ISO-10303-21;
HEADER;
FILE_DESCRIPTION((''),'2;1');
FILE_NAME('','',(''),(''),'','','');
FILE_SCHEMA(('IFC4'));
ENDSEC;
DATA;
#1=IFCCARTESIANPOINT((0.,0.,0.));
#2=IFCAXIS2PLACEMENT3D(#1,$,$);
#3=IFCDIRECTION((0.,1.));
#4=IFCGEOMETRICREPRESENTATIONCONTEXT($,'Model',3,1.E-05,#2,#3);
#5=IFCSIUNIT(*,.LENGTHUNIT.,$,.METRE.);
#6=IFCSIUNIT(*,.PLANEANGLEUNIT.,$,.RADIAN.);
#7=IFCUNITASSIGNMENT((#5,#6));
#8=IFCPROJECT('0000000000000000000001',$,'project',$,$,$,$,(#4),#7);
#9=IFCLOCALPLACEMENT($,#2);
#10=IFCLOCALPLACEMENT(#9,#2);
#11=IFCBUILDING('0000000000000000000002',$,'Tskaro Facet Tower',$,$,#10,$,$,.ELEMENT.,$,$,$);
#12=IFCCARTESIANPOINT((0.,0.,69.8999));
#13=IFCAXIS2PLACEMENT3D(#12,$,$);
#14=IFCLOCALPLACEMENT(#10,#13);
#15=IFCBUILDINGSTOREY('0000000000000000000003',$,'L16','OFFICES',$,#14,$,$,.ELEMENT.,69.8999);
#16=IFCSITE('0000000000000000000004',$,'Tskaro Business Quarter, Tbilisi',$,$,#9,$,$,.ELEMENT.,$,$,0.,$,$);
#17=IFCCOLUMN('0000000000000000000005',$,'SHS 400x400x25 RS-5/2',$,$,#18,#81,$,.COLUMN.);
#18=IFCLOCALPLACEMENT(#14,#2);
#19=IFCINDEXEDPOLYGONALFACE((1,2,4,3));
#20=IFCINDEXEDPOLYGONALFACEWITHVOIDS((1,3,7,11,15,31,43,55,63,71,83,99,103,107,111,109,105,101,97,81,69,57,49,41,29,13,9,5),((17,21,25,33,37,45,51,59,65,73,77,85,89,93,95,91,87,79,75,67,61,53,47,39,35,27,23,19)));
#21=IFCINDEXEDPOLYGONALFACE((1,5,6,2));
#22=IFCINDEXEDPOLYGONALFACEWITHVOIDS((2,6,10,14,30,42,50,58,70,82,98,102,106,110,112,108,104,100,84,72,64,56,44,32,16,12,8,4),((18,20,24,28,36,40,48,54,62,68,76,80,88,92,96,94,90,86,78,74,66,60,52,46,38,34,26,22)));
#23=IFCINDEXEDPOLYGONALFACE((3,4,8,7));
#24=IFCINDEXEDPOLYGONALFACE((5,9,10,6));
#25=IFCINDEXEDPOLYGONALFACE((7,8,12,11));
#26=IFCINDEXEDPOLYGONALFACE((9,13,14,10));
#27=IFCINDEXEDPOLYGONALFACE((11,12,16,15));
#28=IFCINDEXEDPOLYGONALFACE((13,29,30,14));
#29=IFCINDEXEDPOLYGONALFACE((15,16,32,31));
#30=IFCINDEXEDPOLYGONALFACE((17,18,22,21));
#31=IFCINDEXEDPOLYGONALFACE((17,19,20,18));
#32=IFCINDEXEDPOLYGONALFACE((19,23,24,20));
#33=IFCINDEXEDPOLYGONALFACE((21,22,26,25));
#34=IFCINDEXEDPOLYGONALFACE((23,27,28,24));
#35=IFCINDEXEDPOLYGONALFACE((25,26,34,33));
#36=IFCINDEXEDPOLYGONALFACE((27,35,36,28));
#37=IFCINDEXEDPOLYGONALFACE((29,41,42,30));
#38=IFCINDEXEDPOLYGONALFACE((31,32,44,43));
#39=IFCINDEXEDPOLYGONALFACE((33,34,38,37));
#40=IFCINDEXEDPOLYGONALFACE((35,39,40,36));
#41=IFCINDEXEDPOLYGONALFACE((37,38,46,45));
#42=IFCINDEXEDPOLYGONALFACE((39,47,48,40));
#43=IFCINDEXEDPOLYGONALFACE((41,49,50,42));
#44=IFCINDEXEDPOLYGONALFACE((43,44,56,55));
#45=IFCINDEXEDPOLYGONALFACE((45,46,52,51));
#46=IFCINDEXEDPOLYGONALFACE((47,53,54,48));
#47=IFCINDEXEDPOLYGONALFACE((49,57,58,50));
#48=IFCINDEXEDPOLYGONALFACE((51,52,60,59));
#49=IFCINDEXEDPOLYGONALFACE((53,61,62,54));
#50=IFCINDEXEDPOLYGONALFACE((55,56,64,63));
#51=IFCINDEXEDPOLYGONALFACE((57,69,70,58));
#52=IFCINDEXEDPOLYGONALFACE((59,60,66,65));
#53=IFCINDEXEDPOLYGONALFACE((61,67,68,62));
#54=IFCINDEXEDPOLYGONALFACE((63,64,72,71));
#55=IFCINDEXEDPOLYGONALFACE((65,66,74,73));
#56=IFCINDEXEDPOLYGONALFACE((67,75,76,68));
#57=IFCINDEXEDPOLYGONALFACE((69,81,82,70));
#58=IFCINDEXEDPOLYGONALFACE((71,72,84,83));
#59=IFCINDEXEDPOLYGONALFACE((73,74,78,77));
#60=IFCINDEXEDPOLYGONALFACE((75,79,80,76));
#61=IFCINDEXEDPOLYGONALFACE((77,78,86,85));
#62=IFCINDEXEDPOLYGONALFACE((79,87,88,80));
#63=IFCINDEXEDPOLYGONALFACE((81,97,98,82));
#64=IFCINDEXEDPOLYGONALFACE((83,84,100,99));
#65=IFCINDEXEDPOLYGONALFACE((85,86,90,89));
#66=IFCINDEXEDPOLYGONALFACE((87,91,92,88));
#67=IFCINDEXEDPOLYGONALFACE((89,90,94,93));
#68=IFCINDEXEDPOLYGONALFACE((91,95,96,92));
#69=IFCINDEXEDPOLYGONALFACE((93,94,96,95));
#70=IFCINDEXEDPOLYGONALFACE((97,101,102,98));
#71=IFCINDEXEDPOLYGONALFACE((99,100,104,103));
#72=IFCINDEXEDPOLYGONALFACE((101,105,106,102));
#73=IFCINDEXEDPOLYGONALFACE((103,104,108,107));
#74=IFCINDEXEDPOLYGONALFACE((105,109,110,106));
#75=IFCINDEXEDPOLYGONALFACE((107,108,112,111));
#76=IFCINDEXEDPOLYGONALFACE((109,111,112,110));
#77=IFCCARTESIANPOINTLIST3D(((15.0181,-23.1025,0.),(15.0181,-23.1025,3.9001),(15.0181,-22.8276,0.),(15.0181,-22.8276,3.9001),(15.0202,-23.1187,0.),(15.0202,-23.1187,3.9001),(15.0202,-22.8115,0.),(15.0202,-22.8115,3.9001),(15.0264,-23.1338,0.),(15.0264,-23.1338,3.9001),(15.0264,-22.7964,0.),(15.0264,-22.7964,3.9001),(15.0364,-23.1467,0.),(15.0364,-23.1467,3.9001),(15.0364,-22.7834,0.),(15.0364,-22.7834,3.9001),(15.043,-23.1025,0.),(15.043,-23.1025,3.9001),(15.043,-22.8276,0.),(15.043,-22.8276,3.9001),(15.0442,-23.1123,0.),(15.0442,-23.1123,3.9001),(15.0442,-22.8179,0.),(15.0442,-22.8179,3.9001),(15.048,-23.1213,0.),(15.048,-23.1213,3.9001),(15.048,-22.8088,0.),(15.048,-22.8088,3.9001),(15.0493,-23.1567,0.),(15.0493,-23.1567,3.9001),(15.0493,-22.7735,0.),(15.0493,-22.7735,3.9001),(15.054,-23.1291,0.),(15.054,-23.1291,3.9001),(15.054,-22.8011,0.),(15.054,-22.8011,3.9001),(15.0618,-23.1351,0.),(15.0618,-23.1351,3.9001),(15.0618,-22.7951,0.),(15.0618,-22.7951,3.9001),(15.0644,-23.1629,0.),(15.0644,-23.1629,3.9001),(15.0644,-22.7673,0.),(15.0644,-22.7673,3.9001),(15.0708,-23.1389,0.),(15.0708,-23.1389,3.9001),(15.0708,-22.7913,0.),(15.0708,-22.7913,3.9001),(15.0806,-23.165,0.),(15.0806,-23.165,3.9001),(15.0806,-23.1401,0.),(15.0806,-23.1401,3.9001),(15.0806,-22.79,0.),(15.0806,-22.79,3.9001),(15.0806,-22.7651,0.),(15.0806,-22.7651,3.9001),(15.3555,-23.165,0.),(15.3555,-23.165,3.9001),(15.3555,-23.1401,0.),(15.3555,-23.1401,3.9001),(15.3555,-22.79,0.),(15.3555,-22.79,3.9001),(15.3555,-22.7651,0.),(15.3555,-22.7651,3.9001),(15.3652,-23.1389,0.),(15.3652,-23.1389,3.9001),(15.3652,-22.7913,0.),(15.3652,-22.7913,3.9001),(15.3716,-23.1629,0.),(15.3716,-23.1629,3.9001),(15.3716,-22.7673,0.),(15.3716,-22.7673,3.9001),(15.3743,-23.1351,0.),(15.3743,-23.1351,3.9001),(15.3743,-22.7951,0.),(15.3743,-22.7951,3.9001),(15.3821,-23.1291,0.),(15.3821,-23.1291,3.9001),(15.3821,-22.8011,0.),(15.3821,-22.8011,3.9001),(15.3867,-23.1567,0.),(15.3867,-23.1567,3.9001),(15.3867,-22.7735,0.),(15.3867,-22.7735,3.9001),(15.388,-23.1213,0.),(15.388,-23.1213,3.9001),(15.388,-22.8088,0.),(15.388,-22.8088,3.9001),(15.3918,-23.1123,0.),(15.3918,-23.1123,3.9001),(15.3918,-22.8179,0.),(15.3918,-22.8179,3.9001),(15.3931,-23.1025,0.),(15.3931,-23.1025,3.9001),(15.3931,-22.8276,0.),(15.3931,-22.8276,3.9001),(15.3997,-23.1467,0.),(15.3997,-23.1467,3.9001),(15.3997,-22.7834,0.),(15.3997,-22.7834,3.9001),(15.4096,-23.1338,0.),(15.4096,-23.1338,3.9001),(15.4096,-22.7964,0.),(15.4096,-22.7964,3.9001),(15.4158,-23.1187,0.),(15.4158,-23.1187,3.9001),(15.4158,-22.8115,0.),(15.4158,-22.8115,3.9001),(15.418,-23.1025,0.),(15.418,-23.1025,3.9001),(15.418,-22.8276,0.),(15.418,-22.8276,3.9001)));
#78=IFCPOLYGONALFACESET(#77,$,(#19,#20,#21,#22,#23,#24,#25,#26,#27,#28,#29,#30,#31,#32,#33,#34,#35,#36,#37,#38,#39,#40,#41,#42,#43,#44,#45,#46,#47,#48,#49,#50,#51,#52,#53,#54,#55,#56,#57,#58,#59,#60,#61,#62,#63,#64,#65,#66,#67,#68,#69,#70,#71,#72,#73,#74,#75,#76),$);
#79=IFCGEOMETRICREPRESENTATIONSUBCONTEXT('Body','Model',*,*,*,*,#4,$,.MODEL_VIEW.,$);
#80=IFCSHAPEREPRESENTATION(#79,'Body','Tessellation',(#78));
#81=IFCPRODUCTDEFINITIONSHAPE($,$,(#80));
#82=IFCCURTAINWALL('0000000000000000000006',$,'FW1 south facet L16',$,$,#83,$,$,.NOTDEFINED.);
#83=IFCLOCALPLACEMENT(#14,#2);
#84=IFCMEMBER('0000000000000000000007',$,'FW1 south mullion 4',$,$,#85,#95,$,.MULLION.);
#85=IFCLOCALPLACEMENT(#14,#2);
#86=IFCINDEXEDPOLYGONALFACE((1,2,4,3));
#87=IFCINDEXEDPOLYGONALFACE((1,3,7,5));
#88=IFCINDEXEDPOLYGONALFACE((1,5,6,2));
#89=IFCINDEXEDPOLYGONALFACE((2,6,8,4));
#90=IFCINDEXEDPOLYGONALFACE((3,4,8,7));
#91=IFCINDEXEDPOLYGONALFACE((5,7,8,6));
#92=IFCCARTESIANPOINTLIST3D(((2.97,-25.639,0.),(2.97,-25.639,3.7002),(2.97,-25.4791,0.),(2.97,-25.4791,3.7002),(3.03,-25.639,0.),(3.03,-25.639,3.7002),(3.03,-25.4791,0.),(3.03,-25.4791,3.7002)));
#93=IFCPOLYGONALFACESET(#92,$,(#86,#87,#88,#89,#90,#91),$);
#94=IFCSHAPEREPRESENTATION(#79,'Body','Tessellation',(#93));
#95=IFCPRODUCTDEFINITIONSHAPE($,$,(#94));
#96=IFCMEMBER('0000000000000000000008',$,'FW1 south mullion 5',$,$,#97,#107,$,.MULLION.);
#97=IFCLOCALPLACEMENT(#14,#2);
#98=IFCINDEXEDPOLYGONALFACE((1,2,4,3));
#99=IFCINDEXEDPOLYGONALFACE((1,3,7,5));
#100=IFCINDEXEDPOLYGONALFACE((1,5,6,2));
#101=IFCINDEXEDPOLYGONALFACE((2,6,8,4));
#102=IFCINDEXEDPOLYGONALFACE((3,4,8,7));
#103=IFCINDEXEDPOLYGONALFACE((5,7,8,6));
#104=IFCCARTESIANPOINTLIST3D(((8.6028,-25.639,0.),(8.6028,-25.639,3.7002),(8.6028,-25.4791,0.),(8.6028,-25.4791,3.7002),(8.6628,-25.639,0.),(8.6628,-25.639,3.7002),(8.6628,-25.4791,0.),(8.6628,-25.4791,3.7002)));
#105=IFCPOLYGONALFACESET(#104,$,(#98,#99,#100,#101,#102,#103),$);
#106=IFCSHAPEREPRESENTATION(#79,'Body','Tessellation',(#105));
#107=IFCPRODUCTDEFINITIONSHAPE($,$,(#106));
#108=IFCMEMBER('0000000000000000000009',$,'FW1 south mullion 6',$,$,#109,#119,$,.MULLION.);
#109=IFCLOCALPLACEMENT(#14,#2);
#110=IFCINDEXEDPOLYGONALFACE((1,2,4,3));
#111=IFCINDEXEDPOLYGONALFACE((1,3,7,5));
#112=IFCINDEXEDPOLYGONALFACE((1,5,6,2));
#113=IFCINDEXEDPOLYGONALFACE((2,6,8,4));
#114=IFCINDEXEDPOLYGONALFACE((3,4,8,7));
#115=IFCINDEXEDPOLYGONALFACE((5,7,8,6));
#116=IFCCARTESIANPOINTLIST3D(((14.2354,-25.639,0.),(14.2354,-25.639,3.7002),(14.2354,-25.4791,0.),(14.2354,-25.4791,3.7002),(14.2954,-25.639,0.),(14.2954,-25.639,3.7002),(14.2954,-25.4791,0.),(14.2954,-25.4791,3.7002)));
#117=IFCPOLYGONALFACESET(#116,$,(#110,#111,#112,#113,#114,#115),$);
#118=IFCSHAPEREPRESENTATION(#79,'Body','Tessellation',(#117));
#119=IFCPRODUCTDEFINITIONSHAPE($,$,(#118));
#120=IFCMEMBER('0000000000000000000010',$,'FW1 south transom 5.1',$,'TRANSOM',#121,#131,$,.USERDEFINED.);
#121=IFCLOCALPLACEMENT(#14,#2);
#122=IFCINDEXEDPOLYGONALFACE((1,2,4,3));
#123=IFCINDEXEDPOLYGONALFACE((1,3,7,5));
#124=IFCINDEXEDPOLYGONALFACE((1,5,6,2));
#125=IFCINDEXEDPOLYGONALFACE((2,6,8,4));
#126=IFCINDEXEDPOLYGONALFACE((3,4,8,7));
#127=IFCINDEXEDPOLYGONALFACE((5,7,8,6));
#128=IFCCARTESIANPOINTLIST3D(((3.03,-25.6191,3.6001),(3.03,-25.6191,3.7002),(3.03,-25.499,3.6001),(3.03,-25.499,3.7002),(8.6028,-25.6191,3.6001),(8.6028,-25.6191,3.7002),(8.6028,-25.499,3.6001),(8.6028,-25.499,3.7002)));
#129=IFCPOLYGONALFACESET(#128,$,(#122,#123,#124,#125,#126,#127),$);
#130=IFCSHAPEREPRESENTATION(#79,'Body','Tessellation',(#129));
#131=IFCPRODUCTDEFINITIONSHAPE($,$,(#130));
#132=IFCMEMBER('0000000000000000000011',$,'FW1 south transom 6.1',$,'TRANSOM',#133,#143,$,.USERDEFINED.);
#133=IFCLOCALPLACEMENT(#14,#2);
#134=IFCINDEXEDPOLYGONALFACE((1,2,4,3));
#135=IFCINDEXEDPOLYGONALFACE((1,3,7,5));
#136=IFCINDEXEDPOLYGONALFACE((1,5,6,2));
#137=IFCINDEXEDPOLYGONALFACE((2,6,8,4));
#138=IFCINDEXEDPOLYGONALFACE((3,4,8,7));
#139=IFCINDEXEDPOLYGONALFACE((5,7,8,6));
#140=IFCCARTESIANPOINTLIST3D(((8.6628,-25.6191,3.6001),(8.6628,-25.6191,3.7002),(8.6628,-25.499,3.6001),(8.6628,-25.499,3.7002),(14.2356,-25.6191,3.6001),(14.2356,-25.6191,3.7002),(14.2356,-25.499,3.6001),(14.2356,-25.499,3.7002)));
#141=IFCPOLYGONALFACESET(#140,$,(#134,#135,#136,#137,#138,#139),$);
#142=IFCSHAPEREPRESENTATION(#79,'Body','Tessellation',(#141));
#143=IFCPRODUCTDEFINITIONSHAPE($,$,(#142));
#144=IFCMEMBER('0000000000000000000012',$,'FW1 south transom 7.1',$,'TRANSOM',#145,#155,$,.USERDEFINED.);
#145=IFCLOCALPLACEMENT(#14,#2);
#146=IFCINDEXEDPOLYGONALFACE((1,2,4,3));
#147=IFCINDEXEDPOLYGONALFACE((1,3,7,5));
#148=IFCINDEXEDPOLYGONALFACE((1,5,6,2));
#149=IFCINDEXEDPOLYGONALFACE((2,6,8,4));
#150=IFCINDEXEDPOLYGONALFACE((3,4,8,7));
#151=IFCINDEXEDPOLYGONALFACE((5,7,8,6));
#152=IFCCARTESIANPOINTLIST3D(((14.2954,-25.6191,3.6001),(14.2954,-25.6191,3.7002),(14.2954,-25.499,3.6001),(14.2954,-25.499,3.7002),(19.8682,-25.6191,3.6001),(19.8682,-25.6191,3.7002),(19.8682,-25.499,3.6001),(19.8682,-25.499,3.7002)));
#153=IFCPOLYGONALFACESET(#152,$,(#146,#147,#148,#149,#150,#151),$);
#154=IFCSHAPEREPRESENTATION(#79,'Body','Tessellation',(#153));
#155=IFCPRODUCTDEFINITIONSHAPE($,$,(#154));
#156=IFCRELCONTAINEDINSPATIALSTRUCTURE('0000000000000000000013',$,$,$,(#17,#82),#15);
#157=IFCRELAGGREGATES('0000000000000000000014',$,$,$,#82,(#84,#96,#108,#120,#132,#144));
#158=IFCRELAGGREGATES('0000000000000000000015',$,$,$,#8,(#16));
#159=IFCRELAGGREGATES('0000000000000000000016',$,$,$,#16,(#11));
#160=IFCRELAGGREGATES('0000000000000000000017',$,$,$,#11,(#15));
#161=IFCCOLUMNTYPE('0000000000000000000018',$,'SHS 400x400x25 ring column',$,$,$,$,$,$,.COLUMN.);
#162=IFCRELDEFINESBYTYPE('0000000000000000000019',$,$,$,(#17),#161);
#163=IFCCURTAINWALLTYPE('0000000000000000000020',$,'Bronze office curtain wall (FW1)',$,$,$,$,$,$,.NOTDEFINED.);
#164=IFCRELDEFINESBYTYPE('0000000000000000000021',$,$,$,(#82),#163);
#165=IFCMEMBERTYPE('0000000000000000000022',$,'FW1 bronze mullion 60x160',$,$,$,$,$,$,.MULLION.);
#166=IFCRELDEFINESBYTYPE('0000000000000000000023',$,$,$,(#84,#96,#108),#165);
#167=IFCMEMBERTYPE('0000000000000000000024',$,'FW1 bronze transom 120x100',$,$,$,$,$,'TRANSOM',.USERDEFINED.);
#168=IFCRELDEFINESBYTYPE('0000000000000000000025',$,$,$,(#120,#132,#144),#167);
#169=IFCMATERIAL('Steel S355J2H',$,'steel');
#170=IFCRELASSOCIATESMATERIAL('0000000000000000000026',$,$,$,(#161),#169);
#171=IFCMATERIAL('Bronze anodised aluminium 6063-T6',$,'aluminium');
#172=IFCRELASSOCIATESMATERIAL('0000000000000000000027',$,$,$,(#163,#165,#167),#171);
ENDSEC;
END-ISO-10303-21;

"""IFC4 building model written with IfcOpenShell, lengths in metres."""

from ifc_helpers import new_model, si_unit, direction, frame, origin, origin_2d, place, context, subcontext, project, spatial, rectangle, hollow_rectangle, extrude, material, material_profile, profile_set, type_object, element, aggregate, save


model = new_model("IFC4")

# Units and contexts
model_context = context("Model", 3, precision=1e-05, world=origin(), true_north=direction((0.0, 1.0)))
body_context = subcontext(model_context, "Body", "Model", "MODEL_VIEW")
ifc_project = project(units=[si_unit("LENGTHUNIT", "METRE"), si_unit("PLANEANGLEUNIT", "RADIAN")], contexts=[model_context])

# Site, building, storey
site_placement = place(None, origin())
site = spatial("IfcSite", under=ifc_project, at=site_placement, Name="Tskaro Business Quarter, Tbilisi", CompositionType="ELEMENT", RefElevation=0.0)
building_placement = place(site_placement, origin())
building = spatial("IfcBuilding", under=site, at=building_placement, Name="Tskaro Facet Tower", CompositionType="ELEMENT")
storey_placement = place(building_placement, frame((0.0, 0.0, 69.8999)))
storey = spatial("IfcBuildingStorey", under=building, at=storey_placement, Name="L16", Description="OFFICES", CompositionType="ELEMENT", Elevation=69.8999)

# Column
ifc_material_1 = material(Name="Steel S355J2H", Category="steel")
ifc_material_profile_1 = material_profile(ifc_material_1, hollow_rectangle(XDim=0.3999, YDim=0.3999, WallThickness=0.0249, InnerFilletRadius=0.0376, OuterFilletRadius=0.0625, at=origin_2d()), Name="SHS 400x400x25")
ifc_profile_set_1 = profile_set([ifc_material_profile_1], Name="Steel S355J2H")
column_type_1 = type_object("IfcColumnType", Name="SHS 400x400x25 ring column", PredefinedType="COLUMN", material=ifc_profile_set_1)
for number, where, z_axis, x_axis, name in (
    (1, (15.218, -22.9651, 0.0), (0.0, 0.0, 1.0), (1.0, 0.0, 0.0), "SHS 400x400x25 RS-5/2"),
):
    element("IfcColumn", number, at=place(storey_placement, frame(where, z_axis=z_axis, x_axis=x_axis)), inside=storey, type_object=column_type_1, Name=name, PredefinedType="COLUMN", context=body_context, shape_type="SweptSolid", body=[
        extrude(hollow_rectangle(XDim=0.3999, YDim=0.3999, WallThickness=0.0249, InnerFilletRadius=0.0376, OuterFilletRadius=0.0625, at=origin_2d()), origin(), (0.0, 0.0, 1.0), 3.9001),
    ])

# Curtain wall, members
ifc_material_2 = material(Name="Bronze anodised aluminium 6063-T6", Category="aluminium")
curtain_wall_type = type_object("IfcCurtainWallType", Name="Bronze office curtain wall (FW1)", PredefinedType="NOTDEFINED", material=ifc_material_2)
curtain_wall_placement = place(storey_placement, origin())
curtain_wall = element("IfcCurtainWall", 2, at=curtain_wall_placement, inside=storey, type_object=curtain_wall_type, Name="FW1 south facet L16", PredefinedType="NOTDEFINED")
ifc_material_profile_2 = material_profile(ifc_material_2, rectangle(XDim=0.0601, YDim=0.1599, at=origin_2d()), Name="Mullion 60x160")
ifc_profile_set_2 = profile_set([ifc_material_profile_2], Name="Bronze anodised aluminium 6063-T6")
member_type_1 = type_object("IfcMemberType", Name="FW1 bronze mullion 60x160", PredefinedType="MULLION", material=ifc_profile_set_2)
member_1_placement = place(storey_placement, frame((3.0, -25.5591, 0.0), z_axis=(0.0, 0.0, 1.0), x_axis=(1.0, 0.0, 0.0)))
member_1 = element("IfcMember", 3, at=member_1_placement, type_object=member_type_1, Name="FW1 south mullion 4", PredefinedType="MULLION", context=body_context, shape_type="SweptSolid", body=[
    extrude(rectangle(XDim=0.0601, YDim=0.1599, at=origin_2d()), origin(), (0.0, 0.0, 1.0), 3.7002),
])
member_2_placement = place(storey_placement, frame((8.6328, -25.5591, 0.0), z_axis=(0.0, 0.0, 1.0), x_axis=(1.0, 0.0, 0.0)))
member_2 = element("IfcMember", 4, at=member_2_placement, type_object=member_type_1, Name="FW1 south mullion 5", PredefinedType="MULLION", context=body_context, shape_type="SweptSolid", body=[
    extrude(rectangle(XDim=0.0601, YDim=0.1599, at=origin_2d()), origin(), (0.0, 0.0, 1.0), 3.7002),
])
member_3_placement = place(storey_placement, frame((14.2654, -25.5591, 0.0), z_axis=(0.0, 0.0, 1.0), x_axis=(1.0, 0.0, 0.0)))
member_3 = element("IfcMember", 5, at=member_3_placement, type_object=member_type_1, Name="FW1 south mullion 6", PredefinedType="MULLION", context=body_context, shape_type="SweptSolid", body=[
    extrude(rectangle(XDim=0.0601, YDim=0.1599, at=origin_2d()), origin(), (0.0, 0.0, 1.0), 3.7002),
])
ifc_material_profile_3 = material_profile(ifc_material_2, rectangle(XDim=0.1201, YDim=0.1001, at=origin_2d()), Name="Transom 120x100")
ifc_profile_set_3 = profile_set([ifc_material_profile_3], Name="Bronze anodised aluminium 6063-T6")
member_type_2 = type_object("IfcMemberType", Name="FW1 bronze transom 120x100", ElementType="TRANSOM", PredefinedType="USERDEFINED", material=ifc_profile_set_3)
member_4_placement = place(storey_placement, frame((3.03, -25.5591, 3.6501), z_axis=(1.0, 0.0, 0.0), x_axis=(0.0, 1.0, 0.0)))
member_4 = element("IfcMember", 6, at=member_4_placement, type_object=member_type_2, Name="FW1 south transom 5.1", ObjectType="TRANSOM", PredefinedType="USERDEFINED", context=body_context, shape_type="SweptSolid", body=[
    extrude(rectangle(XDim=0.1201, YDim=0.1001, at=origin_2d()), origin(), (0.0, 0.0, 1.0), 5.5728),
])
member_5_placement = place(storey_placement, frame((8.6628, -25.5591, 3.6501), z_axis=(1.0, 0.0, 0.0), x_axis=(0.0, 1.0, 0.0)))
member_5 = element("IfcMember", 7, at=member_5_placement, type_object=member_type_2, Name="FW1 south transom 6.1", ObjectType="TRANSOM", PredefinedType="USERDEFINED", context=body_context, shape_type="SweptSolid", body=[
    extrude(rectangle(XDim=0.1201, YDim=0.1001, at=origin_2d()), origin(), (0.0, 0.0, 1.0), 5.5728),
])
member_6_placement = place(storey_placement, frame((14.2954, -25.5591, 3.6501), z_axis=(1.0, 0.0, 0.0), x_axis=(0.0, 1.0, 0.0)))
member_6 = element("IfcMember", 8, at=member_6_placement, type_object=member_type_2, Name="FW1 south transom 7.1", ObjectType="TRANSOM", PredefinedType="USERDEFINED", context=body_context, shape_type="SweptSolid", body=[
    extrude(rectangle(XDim=0.1201, YDim=0.1001, at=origin_2d()), origin(), (0.0, 0.0, 1.0), 5.5728),
])

aggregate(curtain_wall, [member_1, member_2, member_3, member_4, member_5, member_6])

save(model, "model.ifc")
